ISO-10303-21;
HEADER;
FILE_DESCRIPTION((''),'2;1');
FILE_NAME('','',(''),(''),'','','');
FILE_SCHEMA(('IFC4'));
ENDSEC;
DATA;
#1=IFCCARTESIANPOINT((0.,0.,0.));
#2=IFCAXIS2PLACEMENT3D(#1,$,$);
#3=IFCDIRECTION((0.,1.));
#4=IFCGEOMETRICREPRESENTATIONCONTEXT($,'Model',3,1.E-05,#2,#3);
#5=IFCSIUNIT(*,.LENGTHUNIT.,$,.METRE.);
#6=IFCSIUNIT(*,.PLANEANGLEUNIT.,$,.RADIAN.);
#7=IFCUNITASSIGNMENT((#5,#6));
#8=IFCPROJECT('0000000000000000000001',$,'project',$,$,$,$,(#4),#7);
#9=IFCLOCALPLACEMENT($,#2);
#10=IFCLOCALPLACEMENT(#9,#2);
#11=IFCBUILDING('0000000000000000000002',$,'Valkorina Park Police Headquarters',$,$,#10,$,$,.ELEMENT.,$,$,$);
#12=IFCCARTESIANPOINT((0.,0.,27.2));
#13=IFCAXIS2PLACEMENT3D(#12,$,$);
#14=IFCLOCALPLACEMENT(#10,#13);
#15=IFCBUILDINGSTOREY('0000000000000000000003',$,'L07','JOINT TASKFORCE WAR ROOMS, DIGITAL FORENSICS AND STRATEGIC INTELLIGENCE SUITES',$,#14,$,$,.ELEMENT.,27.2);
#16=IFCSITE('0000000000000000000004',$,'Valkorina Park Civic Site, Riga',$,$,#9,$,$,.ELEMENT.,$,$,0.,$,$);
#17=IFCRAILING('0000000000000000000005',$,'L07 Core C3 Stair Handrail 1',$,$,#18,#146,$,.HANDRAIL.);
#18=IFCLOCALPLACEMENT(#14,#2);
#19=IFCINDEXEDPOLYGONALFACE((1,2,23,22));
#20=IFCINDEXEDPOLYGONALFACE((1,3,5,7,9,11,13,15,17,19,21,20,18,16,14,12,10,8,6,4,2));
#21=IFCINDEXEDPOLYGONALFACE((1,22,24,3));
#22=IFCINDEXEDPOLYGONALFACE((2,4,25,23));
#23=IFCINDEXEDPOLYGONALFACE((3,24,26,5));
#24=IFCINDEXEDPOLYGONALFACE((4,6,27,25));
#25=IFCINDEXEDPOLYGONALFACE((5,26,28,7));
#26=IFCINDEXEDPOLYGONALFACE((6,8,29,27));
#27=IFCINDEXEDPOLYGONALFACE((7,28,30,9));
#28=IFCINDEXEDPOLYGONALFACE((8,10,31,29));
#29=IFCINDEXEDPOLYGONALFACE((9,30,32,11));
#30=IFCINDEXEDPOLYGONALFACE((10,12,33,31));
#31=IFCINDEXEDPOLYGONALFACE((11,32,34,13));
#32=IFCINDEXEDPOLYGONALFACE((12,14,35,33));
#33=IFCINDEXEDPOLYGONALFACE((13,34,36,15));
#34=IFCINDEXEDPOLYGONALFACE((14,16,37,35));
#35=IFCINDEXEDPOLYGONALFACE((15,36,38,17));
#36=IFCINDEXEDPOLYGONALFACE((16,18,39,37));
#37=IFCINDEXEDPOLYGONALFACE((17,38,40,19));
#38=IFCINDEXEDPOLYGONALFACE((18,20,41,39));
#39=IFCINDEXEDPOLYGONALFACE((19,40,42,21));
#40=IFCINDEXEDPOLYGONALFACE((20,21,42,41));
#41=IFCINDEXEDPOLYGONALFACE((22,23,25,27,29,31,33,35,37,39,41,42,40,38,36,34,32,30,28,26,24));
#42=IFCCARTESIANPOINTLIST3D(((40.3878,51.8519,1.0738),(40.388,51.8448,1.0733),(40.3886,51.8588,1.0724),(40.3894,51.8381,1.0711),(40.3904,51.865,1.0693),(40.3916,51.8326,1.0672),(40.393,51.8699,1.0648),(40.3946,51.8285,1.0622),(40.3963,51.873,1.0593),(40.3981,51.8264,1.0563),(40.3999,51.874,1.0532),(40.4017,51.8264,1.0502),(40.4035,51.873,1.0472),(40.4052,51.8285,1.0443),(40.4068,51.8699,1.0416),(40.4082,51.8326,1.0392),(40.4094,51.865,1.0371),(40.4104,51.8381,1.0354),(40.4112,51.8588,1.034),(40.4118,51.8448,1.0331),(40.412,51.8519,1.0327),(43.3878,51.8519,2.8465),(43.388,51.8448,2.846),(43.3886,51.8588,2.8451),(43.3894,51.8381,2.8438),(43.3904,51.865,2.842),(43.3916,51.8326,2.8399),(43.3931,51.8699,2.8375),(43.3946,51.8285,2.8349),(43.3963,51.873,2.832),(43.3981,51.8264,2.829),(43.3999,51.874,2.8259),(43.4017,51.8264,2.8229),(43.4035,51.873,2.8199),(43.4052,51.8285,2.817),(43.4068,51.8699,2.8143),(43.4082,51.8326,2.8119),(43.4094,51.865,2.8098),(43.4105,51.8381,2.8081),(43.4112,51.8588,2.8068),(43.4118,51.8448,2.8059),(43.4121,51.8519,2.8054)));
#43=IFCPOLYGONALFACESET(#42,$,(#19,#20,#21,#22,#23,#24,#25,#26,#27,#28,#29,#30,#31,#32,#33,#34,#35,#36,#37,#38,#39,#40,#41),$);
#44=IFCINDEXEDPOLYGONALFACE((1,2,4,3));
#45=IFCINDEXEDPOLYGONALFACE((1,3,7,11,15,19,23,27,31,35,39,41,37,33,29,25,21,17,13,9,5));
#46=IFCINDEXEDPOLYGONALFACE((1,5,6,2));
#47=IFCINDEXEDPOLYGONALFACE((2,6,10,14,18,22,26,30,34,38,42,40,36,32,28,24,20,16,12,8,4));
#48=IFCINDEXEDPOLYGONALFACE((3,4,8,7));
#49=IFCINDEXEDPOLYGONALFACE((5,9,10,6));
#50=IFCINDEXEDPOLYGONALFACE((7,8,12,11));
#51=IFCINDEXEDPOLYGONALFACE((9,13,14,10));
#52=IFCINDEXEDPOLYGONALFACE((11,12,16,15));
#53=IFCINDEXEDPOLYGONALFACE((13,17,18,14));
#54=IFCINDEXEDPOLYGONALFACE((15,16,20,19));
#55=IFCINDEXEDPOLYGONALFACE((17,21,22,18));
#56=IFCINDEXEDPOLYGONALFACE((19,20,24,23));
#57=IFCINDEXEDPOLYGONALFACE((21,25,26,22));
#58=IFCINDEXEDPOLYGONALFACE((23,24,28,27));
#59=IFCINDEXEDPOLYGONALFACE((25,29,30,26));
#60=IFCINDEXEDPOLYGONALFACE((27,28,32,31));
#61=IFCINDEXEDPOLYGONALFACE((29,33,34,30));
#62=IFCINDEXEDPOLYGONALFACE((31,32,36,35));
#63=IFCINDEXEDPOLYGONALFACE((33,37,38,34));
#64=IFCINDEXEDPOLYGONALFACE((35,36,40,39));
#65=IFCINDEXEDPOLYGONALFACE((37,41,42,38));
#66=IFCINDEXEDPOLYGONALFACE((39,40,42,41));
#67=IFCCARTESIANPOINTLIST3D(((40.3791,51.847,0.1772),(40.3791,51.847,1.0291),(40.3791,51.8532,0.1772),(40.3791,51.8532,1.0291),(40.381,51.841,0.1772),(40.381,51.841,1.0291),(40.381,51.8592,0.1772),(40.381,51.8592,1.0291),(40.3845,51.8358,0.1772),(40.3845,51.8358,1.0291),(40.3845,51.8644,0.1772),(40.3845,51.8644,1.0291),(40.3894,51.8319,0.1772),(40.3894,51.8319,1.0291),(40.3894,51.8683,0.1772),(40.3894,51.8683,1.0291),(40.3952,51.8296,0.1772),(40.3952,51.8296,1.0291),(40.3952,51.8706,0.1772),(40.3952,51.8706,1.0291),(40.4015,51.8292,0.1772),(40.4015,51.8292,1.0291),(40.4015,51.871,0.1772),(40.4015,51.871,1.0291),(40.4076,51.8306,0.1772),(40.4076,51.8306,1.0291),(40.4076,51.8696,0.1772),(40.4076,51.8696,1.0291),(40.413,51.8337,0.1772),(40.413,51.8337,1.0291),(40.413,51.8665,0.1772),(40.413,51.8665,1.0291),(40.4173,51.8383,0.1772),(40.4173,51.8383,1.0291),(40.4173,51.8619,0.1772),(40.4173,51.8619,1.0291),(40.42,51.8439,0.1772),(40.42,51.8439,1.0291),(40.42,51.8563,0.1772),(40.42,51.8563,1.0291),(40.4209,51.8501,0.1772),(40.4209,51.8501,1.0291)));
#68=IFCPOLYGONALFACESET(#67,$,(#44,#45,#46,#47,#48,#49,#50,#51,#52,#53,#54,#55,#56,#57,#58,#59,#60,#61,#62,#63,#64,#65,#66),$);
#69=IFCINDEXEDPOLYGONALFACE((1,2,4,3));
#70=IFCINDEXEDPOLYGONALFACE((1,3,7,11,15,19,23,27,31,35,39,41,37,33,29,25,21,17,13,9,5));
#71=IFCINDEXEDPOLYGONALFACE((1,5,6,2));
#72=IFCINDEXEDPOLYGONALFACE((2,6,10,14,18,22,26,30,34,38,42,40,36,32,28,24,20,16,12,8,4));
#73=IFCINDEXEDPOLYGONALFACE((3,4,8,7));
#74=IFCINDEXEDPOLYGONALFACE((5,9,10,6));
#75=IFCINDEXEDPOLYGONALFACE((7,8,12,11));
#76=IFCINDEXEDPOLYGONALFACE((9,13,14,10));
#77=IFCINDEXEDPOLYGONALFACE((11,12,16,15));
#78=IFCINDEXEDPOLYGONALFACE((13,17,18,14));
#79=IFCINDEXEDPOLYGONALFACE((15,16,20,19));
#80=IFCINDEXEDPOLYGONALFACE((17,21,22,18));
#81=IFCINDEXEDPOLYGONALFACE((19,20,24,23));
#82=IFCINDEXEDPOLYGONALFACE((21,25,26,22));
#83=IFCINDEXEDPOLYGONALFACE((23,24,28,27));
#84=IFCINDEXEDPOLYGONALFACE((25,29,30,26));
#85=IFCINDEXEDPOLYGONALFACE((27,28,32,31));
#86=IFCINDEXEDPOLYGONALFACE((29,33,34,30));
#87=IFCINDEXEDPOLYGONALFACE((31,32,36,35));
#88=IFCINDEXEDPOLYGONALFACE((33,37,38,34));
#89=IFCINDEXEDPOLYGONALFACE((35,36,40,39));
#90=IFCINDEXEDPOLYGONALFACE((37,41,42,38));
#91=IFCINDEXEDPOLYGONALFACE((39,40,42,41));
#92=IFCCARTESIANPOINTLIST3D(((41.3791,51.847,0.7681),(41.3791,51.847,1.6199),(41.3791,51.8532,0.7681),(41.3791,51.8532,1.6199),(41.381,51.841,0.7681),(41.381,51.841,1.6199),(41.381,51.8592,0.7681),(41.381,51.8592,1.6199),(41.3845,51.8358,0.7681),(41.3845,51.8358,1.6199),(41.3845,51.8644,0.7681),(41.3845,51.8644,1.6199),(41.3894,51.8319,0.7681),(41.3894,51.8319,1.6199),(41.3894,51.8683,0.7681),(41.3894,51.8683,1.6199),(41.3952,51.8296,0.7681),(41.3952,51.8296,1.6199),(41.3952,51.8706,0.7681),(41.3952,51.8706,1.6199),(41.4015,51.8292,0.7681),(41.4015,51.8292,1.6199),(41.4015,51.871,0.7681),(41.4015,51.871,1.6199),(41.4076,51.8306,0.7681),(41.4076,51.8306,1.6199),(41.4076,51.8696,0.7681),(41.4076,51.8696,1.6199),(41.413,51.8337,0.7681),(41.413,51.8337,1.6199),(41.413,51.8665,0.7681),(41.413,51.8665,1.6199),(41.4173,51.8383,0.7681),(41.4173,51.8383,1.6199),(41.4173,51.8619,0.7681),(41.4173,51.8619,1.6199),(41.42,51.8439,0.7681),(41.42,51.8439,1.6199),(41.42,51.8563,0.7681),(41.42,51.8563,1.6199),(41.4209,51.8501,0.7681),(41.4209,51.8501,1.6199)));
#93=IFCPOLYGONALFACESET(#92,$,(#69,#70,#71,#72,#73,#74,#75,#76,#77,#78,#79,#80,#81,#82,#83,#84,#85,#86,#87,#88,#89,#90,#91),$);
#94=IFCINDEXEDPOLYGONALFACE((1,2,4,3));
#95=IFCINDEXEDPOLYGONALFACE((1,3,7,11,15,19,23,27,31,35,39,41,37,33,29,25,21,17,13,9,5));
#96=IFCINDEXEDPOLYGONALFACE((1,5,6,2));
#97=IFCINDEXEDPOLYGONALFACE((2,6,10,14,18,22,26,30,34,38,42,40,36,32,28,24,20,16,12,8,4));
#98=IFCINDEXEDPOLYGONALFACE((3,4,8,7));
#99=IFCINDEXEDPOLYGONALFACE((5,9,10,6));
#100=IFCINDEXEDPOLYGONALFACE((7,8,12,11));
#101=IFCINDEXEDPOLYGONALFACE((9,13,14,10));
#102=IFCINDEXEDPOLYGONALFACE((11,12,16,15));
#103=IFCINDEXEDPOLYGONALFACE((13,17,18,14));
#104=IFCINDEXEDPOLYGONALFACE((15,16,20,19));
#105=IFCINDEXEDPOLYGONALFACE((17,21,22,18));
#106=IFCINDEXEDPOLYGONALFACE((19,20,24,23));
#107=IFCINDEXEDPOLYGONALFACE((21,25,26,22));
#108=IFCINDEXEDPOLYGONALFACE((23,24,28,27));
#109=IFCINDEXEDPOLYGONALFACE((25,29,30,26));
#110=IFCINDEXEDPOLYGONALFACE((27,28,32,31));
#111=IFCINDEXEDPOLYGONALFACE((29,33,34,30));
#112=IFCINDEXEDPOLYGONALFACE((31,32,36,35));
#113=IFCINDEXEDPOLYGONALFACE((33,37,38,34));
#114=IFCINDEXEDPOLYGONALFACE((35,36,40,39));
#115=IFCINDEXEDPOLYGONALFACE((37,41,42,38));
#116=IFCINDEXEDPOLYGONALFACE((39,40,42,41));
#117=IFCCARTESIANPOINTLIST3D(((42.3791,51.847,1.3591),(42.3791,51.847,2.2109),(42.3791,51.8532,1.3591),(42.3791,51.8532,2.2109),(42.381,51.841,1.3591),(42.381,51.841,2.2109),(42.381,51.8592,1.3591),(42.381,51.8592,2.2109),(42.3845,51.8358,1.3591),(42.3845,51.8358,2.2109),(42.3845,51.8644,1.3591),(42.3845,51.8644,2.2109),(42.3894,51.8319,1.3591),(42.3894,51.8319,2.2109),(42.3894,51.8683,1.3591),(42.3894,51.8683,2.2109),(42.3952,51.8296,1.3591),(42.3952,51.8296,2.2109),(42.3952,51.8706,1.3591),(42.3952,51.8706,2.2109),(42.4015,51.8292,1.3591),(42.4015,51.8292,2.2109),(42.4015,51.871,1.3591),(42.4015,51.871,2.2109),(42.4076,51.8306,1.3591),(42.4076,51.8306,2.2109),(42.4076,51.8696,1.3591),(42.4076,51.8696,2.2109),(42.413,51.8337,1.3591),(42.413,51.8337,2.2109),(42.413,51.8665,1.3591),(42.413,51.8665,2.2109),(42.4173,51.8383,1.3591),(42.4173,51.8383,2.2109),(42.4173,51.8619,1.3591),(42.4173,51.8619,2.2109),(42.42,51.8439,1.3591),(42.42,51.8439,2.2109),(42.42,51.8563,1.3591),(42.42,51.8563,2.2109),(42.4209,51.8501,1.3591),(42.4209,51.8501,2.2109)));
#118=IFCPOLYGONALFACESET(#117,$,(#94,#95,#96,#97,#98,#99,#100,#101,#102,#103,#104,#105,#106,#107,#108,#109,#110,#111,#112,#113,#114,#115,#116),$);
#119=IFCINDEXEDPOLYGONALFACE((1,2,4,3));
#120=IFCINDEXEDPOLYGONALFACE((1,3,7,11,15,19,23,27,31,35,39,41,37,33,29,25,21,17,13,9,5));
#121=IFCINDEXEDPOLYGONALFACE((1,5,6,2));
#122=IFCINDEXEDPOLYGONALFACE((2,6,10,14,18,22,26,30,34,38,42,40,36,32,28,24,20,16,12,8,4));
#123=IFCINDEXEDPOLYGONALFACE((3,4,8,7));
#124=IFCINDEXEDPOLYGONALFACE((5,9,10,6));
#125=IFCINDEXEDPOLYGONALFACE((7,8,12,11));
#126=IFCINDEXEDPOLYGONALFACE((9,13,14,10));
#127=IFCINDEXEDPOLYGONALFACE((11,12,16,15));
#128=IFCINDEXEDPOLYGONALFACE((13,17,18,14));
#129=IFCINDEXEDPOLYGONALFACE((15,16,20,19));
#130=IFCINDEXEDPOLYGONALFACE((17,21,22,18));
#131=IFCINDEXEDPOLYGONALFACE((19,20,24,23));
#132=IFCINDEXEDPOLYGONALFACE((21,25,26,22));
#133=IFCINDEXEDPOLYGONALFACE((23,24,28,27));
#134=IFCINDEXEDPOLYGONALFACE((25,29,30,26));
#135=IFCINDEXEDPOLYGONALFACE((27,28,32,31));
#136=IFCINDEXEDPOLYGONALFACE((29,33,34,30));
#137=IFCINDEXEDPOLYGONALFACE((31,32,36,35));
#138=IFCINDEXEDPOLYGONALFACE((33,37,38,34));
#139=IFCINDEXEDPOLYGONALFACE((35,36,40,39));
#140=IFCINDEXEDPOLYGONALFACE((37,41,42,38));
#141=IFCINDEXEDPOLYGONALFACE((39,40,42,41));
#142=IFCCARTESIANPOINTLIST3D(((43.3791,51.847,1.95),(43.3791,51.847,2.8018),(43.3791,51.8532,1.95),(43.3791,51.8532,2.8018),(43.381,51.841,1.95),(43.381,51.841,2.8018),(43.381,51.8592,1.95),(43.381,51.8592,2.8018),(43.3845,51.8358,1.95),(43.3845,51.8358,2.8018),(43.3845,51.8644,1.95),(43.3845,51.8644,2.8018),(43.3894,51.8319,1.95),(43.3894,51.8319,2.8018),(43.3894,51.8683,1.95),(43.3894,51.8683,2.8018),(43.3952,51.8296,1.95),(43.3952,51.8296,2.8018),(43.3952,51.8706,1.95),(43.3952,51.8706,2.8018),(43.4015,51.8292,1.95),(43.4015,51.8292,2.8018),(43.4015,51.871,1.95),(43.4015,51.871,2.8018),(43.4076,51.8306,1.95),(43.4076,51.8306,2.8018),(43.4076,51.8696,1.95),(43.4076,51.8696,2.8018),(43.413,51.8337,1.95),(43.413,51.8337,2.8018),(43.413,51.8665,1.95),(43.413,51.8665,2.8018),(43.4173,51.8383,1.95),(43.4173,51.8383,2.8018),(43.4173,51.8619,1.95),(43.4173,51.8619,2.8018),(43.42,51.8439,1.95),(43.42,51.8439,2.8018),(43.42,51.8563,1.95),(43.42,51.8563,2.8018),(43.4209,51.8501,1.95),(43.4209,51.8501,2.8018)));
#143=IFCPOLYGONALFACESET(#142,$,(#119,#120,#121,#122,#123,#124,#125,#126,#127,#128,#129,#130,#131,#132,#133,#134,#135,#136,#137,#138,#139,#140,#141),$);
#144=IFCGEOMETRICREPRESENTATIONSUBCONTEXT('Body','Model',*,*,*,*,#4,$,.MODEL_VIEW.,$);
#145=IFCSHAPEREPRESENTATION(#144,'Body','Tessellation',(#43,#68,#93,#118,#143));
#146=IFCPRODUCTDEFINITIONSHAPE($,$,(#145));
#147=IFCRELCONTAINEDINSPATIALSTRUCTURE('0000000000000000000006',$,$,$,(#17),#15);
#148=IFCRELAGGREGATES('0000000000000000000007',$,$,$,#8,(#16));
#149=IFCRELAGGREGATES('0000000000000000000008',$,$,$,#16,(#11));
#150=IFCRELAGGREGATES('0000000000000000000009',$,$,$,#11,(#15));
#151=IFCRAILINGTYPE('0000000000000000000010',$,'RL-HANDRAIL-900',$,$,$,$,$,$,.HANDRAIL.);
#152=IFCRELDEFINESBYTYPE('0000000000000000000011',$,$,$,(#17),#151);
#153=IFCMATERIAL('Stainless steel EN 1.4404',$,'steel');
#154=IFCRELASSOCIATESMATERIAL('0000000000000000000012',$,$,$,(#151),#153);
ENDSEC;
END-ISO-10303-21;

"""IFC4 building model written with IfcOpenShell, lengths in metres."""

from ifc_helpers import new_model, si_unit, direction, frame, origin, origin_2d, place, context, subcontext, project, spatial, circle, extrude, material, type_object, element, save


model = new_model("IFC4")

# Units and contexts
model_context = context("Model", 3, precision=1e-05, world=origin(), true_north=direction((0.0, 1.0)))
body_context = subcontext(model_context, "Body", "Model", "MODEL_VIEW")
ifc_project = project(units=[si_unit("LENGTHUNIT", "METRE"), si_unit("PLANEANGLEUNIT", "RADIAN")], contexts=[model_context])

# Site, building, storey
site_placement = place(None, origin())
site = spatial("IfcSite", under=ifc_project, at=site_placement, Name="Valkorina Park Civic Site, Riga", CompositionType="ELEMENT", RefElevation=0.0)
building_placement = place(site_placement, origin())
building = spatial("IfcBuilding", under=site, at=building_placement, Name="Valkorina Park Police Headquarters", CompositionType="ELEMENT")
storey_placement = place(building_placement, frame((0.0, 0.0, 27.2)))
storey = spatial("IfcBuildingStorey", under=building, at=storey_placement, Name="L07", Description="JOINT TASKFORCE WAR ROOMS, DIGITAL FORENSICS AND STRATEGIC INTELLIGENCE SUITES", CompositionType="ELEMENT", Elevation=27.2)

# Railing
ifc_material_1 = material(Name="Stainless steel EN 1.4404", Category="steel")
railing_type_1 = type_object("IfcRailingType", Name="RL-HANDRAIL-900", PredefinedType="HANDRAIL", material=ifc_material_1)
railing_1_placement = place(storey_placement, frame((40.3999, 51.8501, 0.1772)))
element("IfcRailing", 1, at=railing_1_placement, inside=storey, type_object=railing_type_1, Name="L07 Core C3 Stair Handrail 1", PredefinedType="HANDRAIL", context=body_context, shape_type="SweptSolid", body=[
    extrude(circle(Radius=0.0239, at=origin_2d()), frame((0.0, 0.0, 0.876), z_axis=(0.860929, 0.0, 0.508725), x_axis=(0.0, 1.0, 0.0)), (0.0, 0.0, 1.0), 3.4846),
    extrude(circle(Radius=0.021, at=origin_2d()), origin(), (0.0, 0.0, 1.0), 0.8518),
    extrude(circle(Radius=0.021, at=origin_2d()), frame((1.0, 0.0, 0.5908)), (0.0, 0.0, 1.0), 0.8518),
    extrude(circle(Radius=0.021, at=origin_2d()), frame((2.0, 0.0, 1.1819)), (0.0, 0.0, 1.0), 0.8518),
    extrude(circle(Radius=0.021, at=origin_2d()), frame((3.0, 0.0, 1.7727)), (0.0, 0.0, 1.0), 0.8518),
])

save(model, "model.ifc")
